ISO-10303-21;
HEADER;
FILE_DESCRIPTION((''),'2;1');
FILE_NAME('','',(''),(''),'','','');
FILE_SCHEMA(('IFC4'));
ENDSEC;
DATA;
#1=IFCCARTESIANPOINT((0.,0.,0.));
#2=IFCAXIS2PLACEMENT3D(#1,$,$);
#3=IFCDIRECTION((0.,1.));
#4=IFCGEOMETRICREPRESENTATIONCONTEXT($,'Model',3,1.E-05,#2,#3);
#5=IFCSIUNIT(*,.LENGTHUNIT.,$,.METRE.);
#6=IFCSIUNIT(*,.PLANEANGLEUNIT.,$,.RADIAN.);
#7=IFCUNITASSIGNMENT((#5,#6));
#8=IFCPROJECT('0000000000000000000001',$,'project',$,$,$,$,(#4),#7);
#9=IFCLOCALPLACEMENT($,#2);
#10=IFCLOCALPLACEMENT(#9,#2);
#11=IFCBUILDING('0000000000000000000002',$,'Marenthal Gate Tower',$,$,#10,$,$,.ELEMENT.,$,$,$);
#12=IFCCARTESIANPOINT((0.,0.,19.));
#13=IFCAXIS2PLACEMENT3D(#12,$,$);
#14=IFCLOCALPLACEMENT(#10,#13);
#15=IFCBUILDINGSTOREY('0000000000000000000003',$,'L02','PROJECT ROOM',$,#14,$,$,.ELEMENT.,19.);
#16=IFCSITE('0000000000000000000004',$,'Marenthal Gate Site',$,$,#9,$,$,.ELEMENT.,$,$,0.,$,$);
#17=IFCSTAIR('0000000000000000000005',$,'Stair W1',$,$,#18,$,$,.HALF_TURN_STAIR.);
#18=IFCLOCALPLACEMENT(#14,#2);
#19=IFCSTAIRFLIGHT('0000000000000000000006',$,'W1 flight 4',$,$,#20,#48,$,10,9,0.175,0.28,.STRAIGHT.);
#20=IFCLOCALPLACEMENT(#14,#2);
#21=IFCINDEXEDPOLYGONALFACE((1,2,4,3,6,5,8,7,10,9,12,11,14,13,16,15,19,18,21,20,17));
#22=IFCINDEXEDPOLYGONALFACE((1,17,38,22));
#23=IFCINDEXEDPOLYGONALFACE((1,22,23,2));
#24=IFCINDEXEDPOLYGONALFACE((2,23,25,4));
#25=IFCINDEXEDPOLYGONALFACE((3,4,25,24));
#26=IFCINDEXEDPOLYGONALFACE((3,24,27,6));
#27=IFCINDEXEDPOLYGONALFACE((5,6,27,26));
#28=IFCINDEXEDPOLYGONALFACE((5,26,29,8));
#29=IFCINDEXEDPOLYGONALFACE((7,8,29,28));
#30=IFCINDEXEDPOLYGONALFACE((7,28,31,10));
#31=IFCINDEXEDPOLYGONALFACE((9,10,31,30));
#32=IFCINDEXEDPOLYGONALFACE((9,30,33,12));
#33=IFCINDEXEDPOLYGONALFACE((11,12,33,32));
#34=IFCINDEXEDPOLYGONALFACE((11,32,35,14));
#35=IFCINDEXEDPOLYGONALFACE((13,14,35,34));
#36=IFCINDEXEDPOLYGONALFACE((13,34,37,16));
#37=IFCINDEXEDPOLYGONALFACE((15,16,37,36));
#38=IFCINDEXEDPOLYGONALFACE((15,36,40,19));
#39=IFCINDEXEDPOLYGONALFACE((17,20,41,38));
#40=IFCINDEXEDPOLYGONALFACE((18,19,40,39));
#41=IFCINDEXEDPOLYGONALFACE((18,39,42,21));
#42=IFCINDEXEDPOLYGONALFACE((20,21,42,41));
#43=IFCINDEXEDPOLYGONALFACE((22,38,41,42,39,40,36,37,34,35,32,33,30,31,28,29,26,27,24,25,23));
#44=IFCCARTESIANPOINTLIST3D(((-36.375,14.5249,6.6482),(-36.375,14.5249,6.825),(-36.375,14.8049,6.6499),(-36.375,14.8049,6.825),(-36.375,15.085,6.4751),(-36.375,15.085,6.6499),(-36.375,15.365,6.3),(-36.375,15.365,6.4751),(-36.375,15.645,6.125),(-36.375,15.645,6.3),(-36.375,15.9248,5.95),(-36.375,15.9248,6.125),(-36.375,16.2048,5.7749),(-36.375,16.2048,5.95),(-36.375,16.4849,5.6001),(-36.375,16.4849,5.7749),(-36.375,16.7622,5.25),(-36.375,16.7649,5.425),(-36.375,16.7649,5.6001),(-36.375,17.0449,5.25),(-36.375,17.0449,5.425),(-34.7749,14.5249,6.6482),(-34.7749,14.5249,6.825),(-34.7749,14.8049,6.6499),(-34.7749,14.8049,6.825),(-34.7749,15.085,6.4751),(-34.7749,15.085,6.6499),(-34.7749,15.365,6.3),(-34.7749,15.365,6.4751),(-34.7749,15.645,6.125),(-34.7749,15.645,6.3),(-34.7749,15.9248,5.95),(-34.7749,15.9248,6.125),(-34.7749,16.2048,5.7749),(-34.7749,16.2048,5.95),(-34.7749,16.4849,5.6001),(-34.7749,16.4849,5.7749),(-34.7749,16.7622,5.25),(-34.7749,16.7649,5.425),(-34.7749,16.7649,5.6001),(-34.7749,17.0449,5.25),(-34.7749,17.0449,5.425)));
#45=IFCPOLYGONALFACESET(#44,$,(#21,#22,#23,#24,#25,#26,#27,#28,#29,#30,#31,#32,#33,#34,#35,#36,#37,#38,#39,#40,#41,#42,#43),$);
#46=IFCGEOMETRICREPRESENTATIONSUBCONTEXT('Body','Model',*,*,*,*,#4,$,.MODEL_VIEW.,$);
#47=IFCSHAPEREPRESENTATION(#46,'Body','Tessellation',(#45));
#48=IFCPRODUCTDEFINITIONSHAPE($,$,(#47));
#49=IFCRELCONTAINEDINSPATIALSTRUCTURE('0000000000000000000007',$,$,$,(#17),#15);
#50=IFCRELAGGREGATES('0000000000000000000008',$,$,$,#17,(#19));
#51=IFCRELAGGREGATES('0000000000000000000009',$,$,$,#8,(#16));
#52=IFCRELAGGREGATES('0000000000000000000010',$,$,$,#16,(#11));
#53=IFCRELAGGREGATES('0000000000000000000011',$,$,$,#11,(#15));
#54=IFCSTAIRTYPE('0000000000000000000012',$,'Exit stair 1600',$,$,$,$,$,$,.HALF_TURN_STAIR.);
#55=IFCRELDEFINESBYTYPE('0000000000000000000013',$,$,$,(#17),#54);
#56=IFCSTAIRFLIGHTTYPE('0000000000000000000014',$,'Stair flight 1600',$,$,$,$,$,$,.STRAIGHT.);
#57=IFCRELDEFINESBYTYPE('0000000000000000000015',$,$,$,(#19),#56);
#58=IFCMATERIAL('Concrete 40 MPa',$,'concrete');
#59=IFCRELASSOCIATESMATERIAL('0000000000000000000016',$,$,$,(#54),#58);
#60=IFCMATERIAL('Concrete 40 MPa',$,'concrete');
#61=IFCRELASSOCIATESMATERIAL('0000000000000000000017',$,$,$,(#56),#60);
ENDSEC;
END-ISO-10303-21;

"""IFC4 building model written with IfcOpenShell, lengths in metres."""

from ifc_helpers import new_model, si_unit, direction, frame, origin, place, context, subcontext, project, spatial, polyline, outline, extrude, material, type_object, element, aggregate, save


model = new_model("IFC4")

# Units and contexts
model_context = context("Model", 3, precision=1e-05, world=origin(), true_north=direction((0.0, 1.0)))
body_context = subcontext(model_context, "Body", "Model", "MODEL_VIEW")
ifc_project = project(units=[si_unit("LENGTHUNIT", "METRE"), si_unit("PLANEANGLEUNIT", "RADIAN")], contexts=[model_context])

# Site, building, storey
site_placement = place(None, origin())
site = spatial("IfcSite", under=ifc_project, at=site_placement, Name="Marenthal Gate Site", CompositionType="ELEMENT", RefElevation=0.0)
building_placement = place(site_placement, origin())
building = spatial("IfcBuilding", under=site, at=building_placement, Name="Marenthal Gate Tower", CompositionType="ELEMENT")
storey_placement = place(building_placement, frame((0.0, 0.0, 19.0)))
storey = spatial("IfcBuildingStorey", under=building, at=storey_placement, Name="L02", Description="PROJECT ROOM", CompositionType="ELEMENT", Elevation=19.0)

# Stair, stair flight
ifc_material_1 = material(Name="Concrete 40 MPa", Category="concrete")
stair_type = type_object("IfcStairType", Name="Exit stair 1600", PredefinedType="HALF_TURN_STAIR", material=ifc_material_1)
stair_placement = place(storey_placement, origin())
stair = element("IfcStair", 1, at=stair_placement, inside=storey, type_object=stair_type, Name="Stair W1", PredefinedType="HALF_TURN_STAIR")
ifc_material_2 = material(Name="Concrete 40 MPa", Category="concrete")
stair_flight_type = type_object("IfcStairFlightType", Name="Stair flight 1600", PredefinedType="STRAIGHT", material=ifc_material_2)
stair_flight_1_placement = place(storey_placement, frame((-35.575, 17.0449, 5.25), z_axis=(0.0, 0.0, 1.0), x_axis=(0.0, -1.0, 0.0)))
stair_flight_1 = element("IfcStairFlight", 2, at=stair_flight_1_placement, type_object=stair_flight_type, Name="W1 flight 4", NumberOfRisers=10, NumberOfTreads=9, PredefinedType="STRAIGHT", RiserHeight=0.175, TreadLength=0.28, context=body_context, shape_type="SweptSolid", body=[
    extrude(outline(polyline([(0.0, 0.0), (0.0, 0.175), (0.28, 0.175), (0.28, 0.3501), (0.5601, 0.3501), (0.5601, 0.5249), (0.8401, 0.5249), (0.8401, 0.7), (1.1201, 0.7), (1.1201, 0.875), (1.3999, 0.875), (1.3999, 1.05), (1.6799, 1.05), (1.6799, 1.2251), (1.96, 1.2251), (1.96, 1.3999), (2.24, 1.3999), (2.24, 1.575), (2.52, 1.575), (2.52, 1.75), (2.52, 1.3982), (0.2827, 0.0), (0.0, 0.0)])), frame((0.0, 0.8, 0.0), z_axis=(0.0, -1.0, 0.0), x_axis=(1.0, 0.0, 0.0)), (0.0, 0.0, 1.0), 1.6001),
])
aggregate(stair, [stair_flight_1])

save(model, "model.ifc")
